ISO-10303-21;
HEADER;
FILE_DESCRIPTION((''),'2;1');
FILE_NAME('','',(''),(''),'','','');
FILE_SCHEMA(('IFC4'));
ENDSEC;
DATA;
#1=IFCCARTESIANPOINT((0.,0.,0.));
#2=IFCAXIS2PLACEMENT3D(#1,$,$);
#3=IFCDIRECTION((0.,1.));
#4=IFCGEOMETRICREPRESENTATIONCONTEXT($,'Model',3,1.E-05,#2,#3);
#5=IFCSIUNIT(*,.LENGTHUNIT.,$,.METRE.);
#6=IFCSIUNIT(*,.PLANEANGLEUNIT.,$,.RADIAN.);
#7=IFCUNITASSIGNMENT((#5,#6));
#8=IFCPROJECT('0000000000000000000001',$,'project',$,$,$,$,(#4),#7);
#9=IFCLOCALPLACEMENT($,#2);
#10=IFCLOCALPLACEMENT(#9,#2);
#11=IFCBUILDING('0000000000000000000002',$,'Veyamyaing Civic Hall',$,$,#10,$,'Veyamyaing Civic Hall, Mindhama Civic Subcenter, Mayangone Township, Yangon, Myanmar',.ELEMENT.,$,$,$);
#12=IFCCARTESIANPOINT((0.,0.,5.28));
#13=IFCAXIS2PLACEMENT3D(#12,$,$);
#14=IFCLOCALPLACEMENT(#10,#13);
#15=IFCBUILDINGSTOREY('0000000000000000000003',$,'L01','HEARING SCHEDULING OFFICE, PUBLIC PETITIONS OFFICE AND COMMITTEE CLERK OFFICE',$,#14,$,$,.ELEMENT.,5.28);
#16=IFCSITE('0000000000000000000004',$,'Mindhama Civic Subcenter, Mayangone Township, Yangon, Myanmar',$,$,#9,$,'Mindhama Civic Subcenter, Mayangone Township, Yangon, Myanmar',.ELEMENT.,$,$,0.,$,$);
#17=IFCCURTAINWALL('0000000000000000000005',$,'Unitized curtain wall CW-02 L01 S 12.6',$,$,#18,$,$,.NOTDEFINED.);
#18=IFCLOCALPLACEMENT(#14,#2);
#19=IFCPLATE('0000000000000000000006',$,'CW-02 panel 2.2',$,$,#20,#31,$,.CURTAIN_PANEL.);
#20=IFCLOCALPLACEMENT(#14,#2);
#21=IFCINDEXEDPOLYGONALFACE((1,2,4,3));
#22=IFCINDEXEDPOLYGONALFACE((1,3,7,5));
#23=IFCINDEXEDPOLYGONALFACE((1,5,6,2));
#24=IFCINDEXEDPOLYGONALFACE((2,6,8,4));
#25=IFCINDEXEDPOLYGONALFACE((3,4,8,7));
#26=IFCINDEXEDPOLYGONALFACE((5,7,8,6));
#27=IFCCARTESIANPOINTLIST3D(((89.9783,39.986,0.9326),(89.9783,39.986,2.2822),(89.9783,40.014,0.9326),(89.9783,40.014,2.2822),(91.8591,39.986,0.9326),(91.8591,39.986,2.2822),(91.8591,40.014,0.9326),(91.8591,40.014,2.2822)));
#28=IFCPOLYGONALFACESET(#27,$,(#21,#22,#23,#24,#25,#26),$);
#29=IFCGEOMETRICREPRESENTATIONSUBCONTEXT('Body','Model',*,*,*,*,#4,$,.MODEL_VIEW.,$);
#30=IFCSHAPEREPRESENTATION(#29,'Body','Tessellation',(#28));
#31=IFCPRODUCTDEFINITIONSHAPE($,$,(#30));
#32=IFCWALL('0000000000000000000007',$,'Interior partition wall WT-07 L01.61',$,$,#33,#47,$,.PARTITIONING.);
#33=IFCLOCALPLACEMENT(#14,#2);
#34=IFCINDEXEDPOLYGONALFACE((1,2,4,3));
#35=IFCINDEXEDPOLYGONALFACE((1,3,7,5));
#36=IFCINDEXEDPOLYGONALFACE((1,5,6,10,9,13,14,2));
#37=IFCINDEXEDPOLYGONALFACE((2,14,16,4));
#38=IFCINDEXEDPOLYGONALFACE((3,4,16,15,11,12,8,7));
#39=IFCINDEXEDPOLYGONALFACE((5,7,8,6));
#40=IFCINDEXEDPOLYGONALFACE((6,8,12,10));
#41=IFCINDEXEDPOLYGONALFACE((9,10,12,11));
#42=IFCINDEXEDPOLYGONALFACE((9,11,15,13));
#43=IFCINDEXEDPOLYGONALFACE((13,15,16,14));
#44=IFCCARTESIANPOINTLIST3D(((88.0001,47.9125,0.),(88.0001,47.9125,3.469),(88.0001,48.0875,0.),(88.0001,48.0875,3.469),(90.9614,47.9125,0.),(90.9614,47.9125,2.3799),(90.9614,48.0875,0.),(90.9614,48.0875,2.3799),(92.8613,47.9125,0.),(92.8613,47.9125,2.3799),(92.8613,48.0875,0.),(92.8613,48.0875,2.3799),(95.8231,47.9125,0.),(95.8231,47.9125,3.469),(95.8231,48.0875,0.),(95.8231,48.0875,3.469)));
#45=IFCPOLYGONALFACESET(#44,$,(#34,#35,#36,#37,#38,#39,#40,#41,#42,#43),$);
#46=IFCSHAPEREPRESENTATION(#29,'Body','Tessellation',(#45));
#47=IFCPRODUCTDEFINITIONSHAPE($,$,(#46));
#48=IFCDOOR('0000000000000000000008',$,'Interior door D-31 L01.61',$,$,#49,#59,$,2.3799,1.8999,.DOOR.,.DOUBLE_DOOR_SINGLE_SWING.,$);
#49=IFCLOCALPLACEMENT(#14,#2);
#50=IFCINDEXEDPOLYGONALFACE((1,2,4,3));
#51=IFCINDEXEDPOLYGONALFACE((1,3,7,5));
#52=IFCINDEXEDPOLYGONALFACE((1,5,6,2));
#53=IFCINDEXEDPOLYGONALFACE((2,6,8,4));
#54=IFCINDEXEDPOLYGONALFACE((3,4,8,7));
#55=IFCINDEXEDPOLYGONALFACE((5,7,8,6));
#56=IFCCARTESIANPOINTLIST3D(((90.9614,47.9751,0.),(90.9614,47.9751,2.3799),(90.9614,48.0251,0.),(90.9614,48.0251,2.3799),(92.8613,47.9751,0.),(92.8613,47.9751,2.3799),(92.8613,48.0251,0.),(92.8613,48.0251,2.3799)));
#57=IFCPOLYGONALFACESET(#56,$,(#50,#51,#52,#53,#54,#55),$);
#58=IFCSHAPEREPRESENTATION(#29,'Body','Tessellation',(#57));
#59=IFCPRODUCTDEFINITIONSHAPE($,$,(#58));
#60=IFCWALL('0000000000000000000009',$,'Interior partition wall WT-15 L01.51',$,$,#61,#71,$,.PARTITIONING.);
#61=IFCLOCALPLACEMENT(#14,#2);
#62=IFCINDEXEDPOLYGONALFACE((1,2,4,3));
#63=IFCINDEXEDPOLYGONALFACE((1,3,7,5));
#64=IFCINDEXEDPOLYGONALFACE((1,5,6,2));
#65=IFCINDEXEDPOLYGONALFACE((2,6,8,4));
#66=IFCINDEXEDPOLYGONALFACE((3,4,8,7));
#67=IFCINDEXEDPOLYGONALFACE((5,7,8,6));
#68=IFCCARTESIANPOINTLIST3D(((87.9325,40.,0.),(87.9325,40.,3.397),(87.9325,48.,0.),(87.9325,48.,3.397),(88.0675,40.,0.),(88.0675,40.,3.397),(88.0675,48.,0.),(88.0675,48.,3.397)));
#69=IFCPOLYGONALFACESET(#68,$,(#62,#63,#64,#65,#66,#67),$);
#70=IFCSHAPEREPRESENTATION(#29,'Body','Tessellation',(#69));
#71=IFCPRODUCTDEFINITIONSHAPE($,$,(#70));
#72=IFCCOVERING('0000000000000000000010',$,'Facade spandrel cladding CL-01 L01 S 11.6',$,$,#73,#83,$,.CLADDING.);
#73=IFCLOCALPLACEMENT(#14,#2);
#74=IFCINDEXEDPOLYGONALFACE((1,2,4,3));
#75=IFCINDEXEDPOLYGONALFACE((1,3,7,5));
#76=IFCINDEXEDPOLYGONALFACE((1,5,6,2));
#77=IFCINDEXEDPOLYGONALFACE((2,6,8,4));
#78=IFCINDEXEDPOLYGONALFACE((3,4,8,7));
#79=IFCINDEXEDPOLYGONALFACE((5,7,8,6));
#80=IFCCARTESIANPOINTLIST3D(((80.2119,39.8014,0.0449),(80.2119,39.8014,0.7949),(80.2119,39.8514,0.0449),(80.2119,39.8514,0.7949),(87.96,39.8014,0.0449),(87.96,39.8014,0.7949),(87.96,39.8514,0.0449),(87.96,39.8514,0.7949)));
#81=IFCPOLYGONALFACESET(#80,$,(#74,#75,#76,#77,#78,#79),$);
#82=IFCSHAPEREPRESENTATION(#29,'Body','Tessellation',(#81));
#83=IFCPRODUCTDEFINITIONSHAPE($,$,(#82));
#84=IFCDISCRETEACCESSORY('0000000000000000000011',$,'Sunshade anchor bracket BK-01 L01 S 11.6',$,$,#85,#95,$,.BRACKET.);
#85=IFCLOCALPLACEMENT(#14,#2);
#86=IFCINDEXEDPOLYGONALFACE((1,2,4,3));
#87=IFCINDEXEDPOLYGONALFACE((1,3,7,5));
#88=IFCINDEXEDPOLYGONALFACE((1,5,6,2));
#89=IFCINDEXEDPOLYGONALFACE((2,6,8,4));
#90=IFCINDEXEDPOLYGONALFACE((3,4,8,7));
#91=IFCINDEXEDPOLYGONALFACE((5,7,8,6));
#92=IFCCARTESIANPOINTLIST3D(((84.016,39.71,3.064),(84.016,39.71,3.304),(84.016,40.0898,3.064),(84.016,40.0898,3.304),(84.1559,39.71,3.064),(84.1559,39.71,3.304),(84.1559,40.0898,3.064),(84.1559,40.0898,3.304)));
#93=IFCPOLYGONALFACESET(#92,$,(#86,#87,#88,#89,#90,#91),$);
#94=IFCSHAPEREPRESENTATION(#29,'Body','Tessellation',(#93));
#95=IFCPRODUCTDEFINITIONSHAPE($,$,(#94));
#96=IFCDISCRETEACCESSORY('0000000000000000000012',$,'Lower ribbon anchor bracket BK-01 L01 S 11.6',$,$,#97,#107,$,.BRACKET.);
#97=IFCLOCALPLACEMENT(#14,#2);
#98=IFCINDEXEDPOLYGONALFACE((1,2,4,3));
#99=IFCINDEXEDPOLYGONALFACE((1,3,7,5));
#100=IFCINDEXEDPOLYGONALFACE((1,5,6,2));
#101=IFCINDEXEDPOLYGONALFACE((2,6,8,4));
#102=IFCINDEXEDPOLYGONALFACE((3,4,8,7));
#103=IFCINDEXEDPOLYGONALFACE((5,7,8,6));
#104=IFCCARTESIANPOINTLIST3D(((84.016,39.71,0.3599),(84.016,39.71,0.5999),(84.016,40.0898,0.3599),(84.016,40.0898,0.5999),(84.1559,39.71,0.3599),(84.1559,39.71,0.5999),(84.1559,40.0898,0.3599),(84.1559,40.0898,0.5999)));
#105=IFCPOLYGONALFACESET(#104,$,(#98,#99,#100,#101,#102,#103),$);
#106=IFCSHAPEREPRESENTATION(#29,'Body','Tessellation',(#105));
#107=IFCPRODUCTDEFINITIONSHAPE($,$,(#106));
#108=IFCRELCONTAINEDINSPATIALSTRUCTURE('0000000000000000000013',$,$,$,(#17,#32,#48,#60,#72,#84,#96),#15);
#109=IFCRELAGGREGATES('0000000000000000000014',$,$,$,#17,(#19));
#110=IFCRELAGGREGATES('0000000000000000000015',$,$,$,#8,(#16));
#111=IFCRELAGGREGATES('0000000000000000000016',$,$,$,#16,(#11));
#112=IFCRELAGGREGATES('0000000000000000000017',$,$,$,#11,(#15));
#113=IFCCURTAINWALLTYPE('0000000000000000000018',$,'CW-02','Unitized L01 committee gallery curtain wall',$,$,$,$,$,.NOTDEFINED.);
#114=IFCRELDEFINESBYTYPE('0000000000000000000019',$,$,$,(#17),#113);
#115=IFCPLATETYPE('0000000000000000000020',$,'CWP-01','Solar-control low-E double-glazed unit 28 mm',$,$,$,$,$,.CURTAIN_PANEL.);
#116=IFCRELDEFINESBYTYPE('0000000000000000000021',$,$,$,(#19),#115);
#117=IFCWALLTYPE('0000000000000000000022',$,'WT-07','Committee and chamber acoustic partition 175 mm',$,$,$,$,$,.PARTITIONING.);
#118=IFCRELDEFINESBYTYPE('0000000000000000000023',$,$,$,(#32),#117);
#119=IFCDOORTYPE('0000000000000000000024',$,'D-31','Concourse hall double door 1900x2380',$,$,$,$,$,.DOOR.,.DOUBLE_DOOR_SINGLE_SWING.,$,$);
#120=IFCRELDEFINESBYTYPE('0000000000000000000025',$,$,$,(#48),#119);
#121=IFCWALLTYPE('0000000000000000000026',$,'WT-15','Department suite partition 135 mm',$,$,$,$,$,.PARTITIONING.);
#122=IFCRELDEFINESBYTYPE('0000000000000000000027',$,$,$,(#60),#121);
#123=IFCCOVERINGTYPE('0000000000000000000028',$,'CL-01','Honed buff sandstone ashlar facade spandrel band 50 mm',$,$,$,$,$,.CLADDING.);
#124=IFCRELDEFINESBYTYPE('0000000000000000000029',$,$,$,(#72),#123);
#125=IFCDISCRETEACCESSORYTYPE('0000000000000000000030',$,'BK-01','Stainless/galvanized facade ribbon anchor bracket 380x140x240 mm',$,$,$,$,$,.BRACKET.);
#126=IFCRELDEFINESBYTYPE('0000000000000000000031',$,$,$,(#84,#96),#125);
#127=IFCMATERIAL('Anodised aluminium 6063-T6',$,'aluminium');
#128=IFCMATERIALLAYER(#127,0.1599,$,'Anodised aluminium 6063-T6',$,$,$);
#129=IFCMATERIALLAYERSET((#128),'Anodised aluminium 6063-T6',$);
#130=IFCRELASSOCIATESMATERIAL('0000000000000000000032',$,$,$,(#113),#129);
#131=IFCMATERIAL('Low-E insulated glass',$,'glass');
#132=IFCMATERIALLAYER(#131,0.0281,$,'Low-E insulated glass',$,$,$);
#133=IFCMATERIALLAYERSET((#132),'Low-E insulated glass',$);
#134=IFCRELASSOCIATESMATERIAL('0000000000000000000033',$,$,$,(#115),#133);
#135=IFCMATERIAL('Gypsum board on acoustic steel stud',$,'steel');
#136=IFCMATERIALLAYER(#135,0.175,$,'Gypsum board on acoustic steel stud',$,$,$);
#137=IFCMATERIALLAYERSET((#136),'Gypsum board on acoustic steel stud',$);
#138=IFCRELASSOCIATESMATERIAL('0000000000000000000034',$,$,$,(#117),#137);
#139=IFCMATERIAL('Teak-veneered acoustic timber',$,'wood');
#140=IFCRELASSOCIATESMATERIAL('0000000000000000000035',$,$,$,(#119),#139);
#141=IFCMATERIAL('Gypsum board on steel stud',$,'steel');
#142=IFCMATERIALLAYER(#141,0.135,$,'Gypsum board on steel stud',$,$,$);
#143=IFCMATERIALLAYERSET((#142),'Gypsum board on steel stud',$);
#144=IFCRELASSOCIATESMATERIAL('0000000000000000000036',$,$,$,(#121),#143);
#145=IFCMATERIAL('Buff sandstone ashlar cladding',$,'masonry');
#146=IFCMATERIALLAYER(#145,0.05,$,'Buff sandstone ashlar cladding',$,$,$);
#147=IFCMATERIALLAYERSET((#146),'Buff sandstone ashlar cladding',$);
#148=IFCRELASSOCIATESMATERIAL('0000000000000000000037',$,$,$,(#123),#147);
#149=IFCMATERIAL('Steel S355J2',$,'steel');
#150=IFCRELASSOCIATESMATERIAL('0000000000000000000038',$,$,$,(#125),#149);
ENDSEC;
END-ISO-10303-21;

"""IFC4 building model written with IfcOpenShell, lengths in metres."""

from ifc_helpers import new_model, si_unit, direction, frame, frame_2d, origin, origin_2d, place, context, subcontext, project, spatial, rectangle, extrude, material, layer, layer_set, type_object, element, fill, aggregate, save


model = new_model("IFC4")

# Units and contexts
model_context = context("Model", 3, precision=1e-05, world=origin(), true_north=direction((0.0, 1.0)))
body_context = subcontext(model_context, "Body", "Model", "MODEL_VIEW")
ifc_project = project(units=[si_unit("LENGTHUNIT", "METRE"), si_unit("PLANEANGLEUNIT", "RADIAN")], contexts=[model_context])

# Site, building, storey
site_placement = place(None, origin())
site = spatial("IfcSite", under=ifc_project, at=site_placement, Name="Mindhama Civic Subcenter, Mayangone Township, Yangon, Myanmar", LongName="Mindhama Civic Subcenter, Mayangone Township, Yangon, Myanmar", CompositionType="ELEMENT", RefElevation=0.0)
building_placement = place(site_placement, origin())
building = spatial("IfcBuilding", under=site, at=building_placement, Name="Veyamyaing Civic Hall", LongName="Veyamyaing Civic Hall, Mindhama Civic Subcenter, Mayangone Township, Yangon, Myanmar", CompositionType="ELEMENT")
storey_placement = place(building_placement, frame((0.0, 0.0, 5.28)))
storey = spatial("IfcBuildingStorey", under=building, at=storey_placement, Name="L01", Description="HEARING SCHEDULING OFFICE, PUBLIC PETITIONS OFFICE AND COMMITTEE CLERK OFFICE", CompositionType="ELEMENT", Elevation=5.28)

# Curtain wall, plate
ifc_material_1 = material(Name="Anodised aluminium 6063-T6", Category="aluminium")
ifc_layer_1 = layer(ifc_material_1, 0.1599, Name="Anodised aluminium 6063-T6")
ifc_layer_set_1 = layer_set([ifc_layer_1], Name="Anodised aluminium 6063-T6")
curtain_wall_type = type_object("IfcCurtainWallType", Name="CW-02", Description="Unitized L01 committee gallery curtain wall", PredefinedType="NOTDEFINED", material=ifc_layer_set_1)
curtain_wall_placement = place(storey_placement, origin())
curtain_wall = element("IfcCurtainWall", 1, at=curtain_wall_placement, inside=storey, type_object=curtain_wall_type, Name="Unitized curtain wall CW-02 L01 S 12.6", PredefinedType="NOTDEFINED")
ifc_material_2 = material(Name="Low-E insulated glass", Category="glass")
ifc_layer_2 = layer(ifc_material_2, 0.0281, Name="Low-E insulated glass")
ifc_layer_set_2 = layer_set([ifc_layer_2], Name="Low-E insulated glass")
plate_type = type_object("IfcPlateType", Name="CWP-01", Description="Solar-control low-E double-glazed unit 28 mm", PredefinedType="CURTAIN_PANEL", material=ifc_layer_set_2)
plate_1_placement = place(storey_placement, frame((90.9187, 40.0, 0.9326), z_axis=(0.0, 0.0, 1.0), x_axis=(1.0, 0.0, 0.0)))
plate_1 = element("IfcPlate", 2, at=plate_1_placement, type_object=plate_type, Name="CW-02 panel 2.2", PredefinedType="CURTAIN_PANEL", context=body_context, shape_type="SweptSolid", body=[
    extrude(rectangle(XDim=1.8809, YDim=0.0281, at=origin_2d()), origin(), (0.0, 0.0, 1.0), 1.3496),
])
aggregate(curtain_wall, [plate_1])

# Wall, opening, door
ifc_material_3 = material(Name="Gypsum board on acoustic steel stud", Category="steel")
ifc_layer_3 = layer(ifc_material_3, 0.175, Name="Gypsum board on acoustic steel stud")
ifc_layer_set_3 = layer_set([ifc_layer_3], Name="Gypsum board on acoustic steel stud")
wall_type_1 = type_object("IfcWallType", Name="WT-07", Description="Committee and chamber acoustic partition 175 mm", PredefinedType="PARTITIONING", material=ifc_layer_set_3)
wall_1_placement = place(storey_placement, frame((88.0, 48.0, 0.0), z_axis=(0.0, 0.0, 1.0), x_axis=(1.0, 0.0, 0.0)))
wall_1 = element("IfcWall", 3, at=wall_1_placement, inside=storey, type_object=wall_type_1, Name="Interior partition wall WT-07 L01.61", PredefinedType="PARTITIONING", context=body_context, shape_type="SweptSolid", body=[
    extrude(rectangle(XDim=7.823, YDim=0.175, at=frame_2d((3.9116, 0.0))), origin(), (0.0, 0.0, 1.0), 3.469),
])
opening_placement = place(wall_1_placement, frame((2.9614, 0.0, 0.0)))
opening = element("IfcOpeningElement", 4, at=opening_placement, cuts=wall_1, PredefinedType="OPENING", context=body_context, shape_type="SweptSolid", body=[
    extrude(rectangle(XDim=1.8999, YDim=2.3799, at=frame_2d((0.95, 1.1899))), frame((0.0, 0.0974, 0.0), z_axis=(0.0, -1.0, 0.0), x_axis=(1.0, 0.0, 0.0)), (0.0, 0.0, 1.0), 0.1951),
])
ifc_material_4 = material(Name="Teak-veneered acoustic timber", Category="wood")
door_type = type_object("IfcDoorType", Name="D-31", Description="Concourse hall double door 1900x2380", OperationType="DOUBLE_DOOR_SINGLE_SWING", PredefinedType="DOOR", material=ifc_material_4)
door_placement = place(opening_placement, frame((1.8999, 0.0, 0.0), z_axis=(0.0, 0.0, 1.0), x_axis=(-1.0, 0.0, 0.0)))
door = element("IfcDoor", 5, at=door_placement, inside=storey, type_object=door_type, Name="Interior door D-31 L01.61", OperationType="DOUBLE_DOOR_SINGLE_SWING", OverallHeight=2.3799, OverallWidth=1.8999, PredefinedType="DOOR", context=body_context, shape_type="SweptSolid", body=[
    extrude(rectangle(XDim=1.8999, YDim=2.3799, at=frame_2d((0.95, 1.1899))), frame((0.0, 0.0249, 0.0), z_axis=(0.0, -1.0, 0.0), x_axis=(1.0, 0.0, 0.0)), (0.0, 0.0, 1.0), 0.05),
])
fill(opening, door)

# Wall
ifc_material_5 = material(Name="Gypsum board on steel stud", Category="steel")
ifc_layer_4 = layer(ifc_material_5, 0.135, Name="Gypsum board on steel stud")
ifc_layer_set_4 = layer_set([ifc_layer_4], Name="Gypsum board on steel stud")
wall_type_2 = type_object("IfcWallType", Name="WT-15", Description="Department suite partition 135 mm", PredefinedType="PARTITIONING", material=ifc_layer_set_4)
wall_2_placement = place(storey_placement, frame((88.0, 40.0, 0.0), z_axis=(0.0, 0.0, 1.0), x_axis=(0.0, 1.0, 0.0)))
element("IfcWall", 6, at=wall_2_placement, inside=storey, type_object=wall_type_2, Name="Interior partition wall WT-15 L01.51", PredefinedType="PARTITIONING", context=body_context, shape_type="SweptSolid", body=[
    extrude(rectangle(XDim=8.0, YDim=0.135, at=frame_2d((4.0, 0.0))), origin(), (0.0, 0.0, 1.0), 3.397),
])

# Covering
ifc_material_6 = material(Name="Buff sandstone ashlar cladding", Category="masonry")
ifc_layer_5 = layer(ifc_material_6, 0.05, Name="Buff sandstone ashlar cladding")
ifc_layer_set_5 = layer_set([ifc_layer_5], Name="Buff sandstone ashlar cladding")
covering_type = type_object("IfcCoveringType", Name="CL-01", Description="Honed buff sandstone ashlar facade spandrel band 50 mm", PredefinedType="CLADDING", material=ifc_layer_set_5)
covering_placement = place(storey_placement, frame((84.0859, 39.8264, 0.0449), z_axis=(0.0, 0.0, 1.0), x_axis=(1.0, 0.0, 0.0)))
element("IfcCovering", 7, at=covering_placement, inside=storey, type_object=covering_type, Name="Facade spandrel cladding CL-01 L01 S 11.6", PredefinedType="CLADDING", context=body_context, shape_type="SweptSolid", body=[
    extrude(rectangle(XDim=7.748, YDim=0.05, at=origin_2d()), origin(), (0.0, 0.0, 1.0), 0.75),
])

# Discrete accessories
ifc_material_7 = material(Name="Steel S355J2", Category="steel")
discrete_accessory_type = type_object("IfcDiscreteAccessoryType", Name="BK-01", Description="Stainless/galvanized facade ribbon anchor bracket 380x140x240 mm", PredefinedType="BRACKET", material=ifc_material_7)
for number, where, z_axis, x_axis, name in (
    (8, (84.0859, 39.8999, 3.064), (0.0, 0.0, 1.0), (0.0, -1.0, 0.0), "Sunshade anchor bracket BK-01 L01 S 11.6"),
    (9, (84.0859, 39.8999, 0.3599), (0.0, 0.0, 1.0), (0.0, -1.0, 0.0), "Lower ribbon anchor bracket BK-01 L01 S 11.6"),
):
    element("IfcDiscreteAccessory", number, at=place(storey_placement, frame(where, z_axis=z_axis, x_axis=x_axis)), inside=storey, type_object=discrete_accessory_type, Name=name, PredefinedType="BRACKET", context=body_context, shape_type="SweptSolid", body=[
        extrude(rectangle(XDim=0.3799, YDim=0.1399, at=origin_2d()), origin(), (0.0, 0.0, 1.0), 0.24),
    ])

save(model, "model.ifc")
